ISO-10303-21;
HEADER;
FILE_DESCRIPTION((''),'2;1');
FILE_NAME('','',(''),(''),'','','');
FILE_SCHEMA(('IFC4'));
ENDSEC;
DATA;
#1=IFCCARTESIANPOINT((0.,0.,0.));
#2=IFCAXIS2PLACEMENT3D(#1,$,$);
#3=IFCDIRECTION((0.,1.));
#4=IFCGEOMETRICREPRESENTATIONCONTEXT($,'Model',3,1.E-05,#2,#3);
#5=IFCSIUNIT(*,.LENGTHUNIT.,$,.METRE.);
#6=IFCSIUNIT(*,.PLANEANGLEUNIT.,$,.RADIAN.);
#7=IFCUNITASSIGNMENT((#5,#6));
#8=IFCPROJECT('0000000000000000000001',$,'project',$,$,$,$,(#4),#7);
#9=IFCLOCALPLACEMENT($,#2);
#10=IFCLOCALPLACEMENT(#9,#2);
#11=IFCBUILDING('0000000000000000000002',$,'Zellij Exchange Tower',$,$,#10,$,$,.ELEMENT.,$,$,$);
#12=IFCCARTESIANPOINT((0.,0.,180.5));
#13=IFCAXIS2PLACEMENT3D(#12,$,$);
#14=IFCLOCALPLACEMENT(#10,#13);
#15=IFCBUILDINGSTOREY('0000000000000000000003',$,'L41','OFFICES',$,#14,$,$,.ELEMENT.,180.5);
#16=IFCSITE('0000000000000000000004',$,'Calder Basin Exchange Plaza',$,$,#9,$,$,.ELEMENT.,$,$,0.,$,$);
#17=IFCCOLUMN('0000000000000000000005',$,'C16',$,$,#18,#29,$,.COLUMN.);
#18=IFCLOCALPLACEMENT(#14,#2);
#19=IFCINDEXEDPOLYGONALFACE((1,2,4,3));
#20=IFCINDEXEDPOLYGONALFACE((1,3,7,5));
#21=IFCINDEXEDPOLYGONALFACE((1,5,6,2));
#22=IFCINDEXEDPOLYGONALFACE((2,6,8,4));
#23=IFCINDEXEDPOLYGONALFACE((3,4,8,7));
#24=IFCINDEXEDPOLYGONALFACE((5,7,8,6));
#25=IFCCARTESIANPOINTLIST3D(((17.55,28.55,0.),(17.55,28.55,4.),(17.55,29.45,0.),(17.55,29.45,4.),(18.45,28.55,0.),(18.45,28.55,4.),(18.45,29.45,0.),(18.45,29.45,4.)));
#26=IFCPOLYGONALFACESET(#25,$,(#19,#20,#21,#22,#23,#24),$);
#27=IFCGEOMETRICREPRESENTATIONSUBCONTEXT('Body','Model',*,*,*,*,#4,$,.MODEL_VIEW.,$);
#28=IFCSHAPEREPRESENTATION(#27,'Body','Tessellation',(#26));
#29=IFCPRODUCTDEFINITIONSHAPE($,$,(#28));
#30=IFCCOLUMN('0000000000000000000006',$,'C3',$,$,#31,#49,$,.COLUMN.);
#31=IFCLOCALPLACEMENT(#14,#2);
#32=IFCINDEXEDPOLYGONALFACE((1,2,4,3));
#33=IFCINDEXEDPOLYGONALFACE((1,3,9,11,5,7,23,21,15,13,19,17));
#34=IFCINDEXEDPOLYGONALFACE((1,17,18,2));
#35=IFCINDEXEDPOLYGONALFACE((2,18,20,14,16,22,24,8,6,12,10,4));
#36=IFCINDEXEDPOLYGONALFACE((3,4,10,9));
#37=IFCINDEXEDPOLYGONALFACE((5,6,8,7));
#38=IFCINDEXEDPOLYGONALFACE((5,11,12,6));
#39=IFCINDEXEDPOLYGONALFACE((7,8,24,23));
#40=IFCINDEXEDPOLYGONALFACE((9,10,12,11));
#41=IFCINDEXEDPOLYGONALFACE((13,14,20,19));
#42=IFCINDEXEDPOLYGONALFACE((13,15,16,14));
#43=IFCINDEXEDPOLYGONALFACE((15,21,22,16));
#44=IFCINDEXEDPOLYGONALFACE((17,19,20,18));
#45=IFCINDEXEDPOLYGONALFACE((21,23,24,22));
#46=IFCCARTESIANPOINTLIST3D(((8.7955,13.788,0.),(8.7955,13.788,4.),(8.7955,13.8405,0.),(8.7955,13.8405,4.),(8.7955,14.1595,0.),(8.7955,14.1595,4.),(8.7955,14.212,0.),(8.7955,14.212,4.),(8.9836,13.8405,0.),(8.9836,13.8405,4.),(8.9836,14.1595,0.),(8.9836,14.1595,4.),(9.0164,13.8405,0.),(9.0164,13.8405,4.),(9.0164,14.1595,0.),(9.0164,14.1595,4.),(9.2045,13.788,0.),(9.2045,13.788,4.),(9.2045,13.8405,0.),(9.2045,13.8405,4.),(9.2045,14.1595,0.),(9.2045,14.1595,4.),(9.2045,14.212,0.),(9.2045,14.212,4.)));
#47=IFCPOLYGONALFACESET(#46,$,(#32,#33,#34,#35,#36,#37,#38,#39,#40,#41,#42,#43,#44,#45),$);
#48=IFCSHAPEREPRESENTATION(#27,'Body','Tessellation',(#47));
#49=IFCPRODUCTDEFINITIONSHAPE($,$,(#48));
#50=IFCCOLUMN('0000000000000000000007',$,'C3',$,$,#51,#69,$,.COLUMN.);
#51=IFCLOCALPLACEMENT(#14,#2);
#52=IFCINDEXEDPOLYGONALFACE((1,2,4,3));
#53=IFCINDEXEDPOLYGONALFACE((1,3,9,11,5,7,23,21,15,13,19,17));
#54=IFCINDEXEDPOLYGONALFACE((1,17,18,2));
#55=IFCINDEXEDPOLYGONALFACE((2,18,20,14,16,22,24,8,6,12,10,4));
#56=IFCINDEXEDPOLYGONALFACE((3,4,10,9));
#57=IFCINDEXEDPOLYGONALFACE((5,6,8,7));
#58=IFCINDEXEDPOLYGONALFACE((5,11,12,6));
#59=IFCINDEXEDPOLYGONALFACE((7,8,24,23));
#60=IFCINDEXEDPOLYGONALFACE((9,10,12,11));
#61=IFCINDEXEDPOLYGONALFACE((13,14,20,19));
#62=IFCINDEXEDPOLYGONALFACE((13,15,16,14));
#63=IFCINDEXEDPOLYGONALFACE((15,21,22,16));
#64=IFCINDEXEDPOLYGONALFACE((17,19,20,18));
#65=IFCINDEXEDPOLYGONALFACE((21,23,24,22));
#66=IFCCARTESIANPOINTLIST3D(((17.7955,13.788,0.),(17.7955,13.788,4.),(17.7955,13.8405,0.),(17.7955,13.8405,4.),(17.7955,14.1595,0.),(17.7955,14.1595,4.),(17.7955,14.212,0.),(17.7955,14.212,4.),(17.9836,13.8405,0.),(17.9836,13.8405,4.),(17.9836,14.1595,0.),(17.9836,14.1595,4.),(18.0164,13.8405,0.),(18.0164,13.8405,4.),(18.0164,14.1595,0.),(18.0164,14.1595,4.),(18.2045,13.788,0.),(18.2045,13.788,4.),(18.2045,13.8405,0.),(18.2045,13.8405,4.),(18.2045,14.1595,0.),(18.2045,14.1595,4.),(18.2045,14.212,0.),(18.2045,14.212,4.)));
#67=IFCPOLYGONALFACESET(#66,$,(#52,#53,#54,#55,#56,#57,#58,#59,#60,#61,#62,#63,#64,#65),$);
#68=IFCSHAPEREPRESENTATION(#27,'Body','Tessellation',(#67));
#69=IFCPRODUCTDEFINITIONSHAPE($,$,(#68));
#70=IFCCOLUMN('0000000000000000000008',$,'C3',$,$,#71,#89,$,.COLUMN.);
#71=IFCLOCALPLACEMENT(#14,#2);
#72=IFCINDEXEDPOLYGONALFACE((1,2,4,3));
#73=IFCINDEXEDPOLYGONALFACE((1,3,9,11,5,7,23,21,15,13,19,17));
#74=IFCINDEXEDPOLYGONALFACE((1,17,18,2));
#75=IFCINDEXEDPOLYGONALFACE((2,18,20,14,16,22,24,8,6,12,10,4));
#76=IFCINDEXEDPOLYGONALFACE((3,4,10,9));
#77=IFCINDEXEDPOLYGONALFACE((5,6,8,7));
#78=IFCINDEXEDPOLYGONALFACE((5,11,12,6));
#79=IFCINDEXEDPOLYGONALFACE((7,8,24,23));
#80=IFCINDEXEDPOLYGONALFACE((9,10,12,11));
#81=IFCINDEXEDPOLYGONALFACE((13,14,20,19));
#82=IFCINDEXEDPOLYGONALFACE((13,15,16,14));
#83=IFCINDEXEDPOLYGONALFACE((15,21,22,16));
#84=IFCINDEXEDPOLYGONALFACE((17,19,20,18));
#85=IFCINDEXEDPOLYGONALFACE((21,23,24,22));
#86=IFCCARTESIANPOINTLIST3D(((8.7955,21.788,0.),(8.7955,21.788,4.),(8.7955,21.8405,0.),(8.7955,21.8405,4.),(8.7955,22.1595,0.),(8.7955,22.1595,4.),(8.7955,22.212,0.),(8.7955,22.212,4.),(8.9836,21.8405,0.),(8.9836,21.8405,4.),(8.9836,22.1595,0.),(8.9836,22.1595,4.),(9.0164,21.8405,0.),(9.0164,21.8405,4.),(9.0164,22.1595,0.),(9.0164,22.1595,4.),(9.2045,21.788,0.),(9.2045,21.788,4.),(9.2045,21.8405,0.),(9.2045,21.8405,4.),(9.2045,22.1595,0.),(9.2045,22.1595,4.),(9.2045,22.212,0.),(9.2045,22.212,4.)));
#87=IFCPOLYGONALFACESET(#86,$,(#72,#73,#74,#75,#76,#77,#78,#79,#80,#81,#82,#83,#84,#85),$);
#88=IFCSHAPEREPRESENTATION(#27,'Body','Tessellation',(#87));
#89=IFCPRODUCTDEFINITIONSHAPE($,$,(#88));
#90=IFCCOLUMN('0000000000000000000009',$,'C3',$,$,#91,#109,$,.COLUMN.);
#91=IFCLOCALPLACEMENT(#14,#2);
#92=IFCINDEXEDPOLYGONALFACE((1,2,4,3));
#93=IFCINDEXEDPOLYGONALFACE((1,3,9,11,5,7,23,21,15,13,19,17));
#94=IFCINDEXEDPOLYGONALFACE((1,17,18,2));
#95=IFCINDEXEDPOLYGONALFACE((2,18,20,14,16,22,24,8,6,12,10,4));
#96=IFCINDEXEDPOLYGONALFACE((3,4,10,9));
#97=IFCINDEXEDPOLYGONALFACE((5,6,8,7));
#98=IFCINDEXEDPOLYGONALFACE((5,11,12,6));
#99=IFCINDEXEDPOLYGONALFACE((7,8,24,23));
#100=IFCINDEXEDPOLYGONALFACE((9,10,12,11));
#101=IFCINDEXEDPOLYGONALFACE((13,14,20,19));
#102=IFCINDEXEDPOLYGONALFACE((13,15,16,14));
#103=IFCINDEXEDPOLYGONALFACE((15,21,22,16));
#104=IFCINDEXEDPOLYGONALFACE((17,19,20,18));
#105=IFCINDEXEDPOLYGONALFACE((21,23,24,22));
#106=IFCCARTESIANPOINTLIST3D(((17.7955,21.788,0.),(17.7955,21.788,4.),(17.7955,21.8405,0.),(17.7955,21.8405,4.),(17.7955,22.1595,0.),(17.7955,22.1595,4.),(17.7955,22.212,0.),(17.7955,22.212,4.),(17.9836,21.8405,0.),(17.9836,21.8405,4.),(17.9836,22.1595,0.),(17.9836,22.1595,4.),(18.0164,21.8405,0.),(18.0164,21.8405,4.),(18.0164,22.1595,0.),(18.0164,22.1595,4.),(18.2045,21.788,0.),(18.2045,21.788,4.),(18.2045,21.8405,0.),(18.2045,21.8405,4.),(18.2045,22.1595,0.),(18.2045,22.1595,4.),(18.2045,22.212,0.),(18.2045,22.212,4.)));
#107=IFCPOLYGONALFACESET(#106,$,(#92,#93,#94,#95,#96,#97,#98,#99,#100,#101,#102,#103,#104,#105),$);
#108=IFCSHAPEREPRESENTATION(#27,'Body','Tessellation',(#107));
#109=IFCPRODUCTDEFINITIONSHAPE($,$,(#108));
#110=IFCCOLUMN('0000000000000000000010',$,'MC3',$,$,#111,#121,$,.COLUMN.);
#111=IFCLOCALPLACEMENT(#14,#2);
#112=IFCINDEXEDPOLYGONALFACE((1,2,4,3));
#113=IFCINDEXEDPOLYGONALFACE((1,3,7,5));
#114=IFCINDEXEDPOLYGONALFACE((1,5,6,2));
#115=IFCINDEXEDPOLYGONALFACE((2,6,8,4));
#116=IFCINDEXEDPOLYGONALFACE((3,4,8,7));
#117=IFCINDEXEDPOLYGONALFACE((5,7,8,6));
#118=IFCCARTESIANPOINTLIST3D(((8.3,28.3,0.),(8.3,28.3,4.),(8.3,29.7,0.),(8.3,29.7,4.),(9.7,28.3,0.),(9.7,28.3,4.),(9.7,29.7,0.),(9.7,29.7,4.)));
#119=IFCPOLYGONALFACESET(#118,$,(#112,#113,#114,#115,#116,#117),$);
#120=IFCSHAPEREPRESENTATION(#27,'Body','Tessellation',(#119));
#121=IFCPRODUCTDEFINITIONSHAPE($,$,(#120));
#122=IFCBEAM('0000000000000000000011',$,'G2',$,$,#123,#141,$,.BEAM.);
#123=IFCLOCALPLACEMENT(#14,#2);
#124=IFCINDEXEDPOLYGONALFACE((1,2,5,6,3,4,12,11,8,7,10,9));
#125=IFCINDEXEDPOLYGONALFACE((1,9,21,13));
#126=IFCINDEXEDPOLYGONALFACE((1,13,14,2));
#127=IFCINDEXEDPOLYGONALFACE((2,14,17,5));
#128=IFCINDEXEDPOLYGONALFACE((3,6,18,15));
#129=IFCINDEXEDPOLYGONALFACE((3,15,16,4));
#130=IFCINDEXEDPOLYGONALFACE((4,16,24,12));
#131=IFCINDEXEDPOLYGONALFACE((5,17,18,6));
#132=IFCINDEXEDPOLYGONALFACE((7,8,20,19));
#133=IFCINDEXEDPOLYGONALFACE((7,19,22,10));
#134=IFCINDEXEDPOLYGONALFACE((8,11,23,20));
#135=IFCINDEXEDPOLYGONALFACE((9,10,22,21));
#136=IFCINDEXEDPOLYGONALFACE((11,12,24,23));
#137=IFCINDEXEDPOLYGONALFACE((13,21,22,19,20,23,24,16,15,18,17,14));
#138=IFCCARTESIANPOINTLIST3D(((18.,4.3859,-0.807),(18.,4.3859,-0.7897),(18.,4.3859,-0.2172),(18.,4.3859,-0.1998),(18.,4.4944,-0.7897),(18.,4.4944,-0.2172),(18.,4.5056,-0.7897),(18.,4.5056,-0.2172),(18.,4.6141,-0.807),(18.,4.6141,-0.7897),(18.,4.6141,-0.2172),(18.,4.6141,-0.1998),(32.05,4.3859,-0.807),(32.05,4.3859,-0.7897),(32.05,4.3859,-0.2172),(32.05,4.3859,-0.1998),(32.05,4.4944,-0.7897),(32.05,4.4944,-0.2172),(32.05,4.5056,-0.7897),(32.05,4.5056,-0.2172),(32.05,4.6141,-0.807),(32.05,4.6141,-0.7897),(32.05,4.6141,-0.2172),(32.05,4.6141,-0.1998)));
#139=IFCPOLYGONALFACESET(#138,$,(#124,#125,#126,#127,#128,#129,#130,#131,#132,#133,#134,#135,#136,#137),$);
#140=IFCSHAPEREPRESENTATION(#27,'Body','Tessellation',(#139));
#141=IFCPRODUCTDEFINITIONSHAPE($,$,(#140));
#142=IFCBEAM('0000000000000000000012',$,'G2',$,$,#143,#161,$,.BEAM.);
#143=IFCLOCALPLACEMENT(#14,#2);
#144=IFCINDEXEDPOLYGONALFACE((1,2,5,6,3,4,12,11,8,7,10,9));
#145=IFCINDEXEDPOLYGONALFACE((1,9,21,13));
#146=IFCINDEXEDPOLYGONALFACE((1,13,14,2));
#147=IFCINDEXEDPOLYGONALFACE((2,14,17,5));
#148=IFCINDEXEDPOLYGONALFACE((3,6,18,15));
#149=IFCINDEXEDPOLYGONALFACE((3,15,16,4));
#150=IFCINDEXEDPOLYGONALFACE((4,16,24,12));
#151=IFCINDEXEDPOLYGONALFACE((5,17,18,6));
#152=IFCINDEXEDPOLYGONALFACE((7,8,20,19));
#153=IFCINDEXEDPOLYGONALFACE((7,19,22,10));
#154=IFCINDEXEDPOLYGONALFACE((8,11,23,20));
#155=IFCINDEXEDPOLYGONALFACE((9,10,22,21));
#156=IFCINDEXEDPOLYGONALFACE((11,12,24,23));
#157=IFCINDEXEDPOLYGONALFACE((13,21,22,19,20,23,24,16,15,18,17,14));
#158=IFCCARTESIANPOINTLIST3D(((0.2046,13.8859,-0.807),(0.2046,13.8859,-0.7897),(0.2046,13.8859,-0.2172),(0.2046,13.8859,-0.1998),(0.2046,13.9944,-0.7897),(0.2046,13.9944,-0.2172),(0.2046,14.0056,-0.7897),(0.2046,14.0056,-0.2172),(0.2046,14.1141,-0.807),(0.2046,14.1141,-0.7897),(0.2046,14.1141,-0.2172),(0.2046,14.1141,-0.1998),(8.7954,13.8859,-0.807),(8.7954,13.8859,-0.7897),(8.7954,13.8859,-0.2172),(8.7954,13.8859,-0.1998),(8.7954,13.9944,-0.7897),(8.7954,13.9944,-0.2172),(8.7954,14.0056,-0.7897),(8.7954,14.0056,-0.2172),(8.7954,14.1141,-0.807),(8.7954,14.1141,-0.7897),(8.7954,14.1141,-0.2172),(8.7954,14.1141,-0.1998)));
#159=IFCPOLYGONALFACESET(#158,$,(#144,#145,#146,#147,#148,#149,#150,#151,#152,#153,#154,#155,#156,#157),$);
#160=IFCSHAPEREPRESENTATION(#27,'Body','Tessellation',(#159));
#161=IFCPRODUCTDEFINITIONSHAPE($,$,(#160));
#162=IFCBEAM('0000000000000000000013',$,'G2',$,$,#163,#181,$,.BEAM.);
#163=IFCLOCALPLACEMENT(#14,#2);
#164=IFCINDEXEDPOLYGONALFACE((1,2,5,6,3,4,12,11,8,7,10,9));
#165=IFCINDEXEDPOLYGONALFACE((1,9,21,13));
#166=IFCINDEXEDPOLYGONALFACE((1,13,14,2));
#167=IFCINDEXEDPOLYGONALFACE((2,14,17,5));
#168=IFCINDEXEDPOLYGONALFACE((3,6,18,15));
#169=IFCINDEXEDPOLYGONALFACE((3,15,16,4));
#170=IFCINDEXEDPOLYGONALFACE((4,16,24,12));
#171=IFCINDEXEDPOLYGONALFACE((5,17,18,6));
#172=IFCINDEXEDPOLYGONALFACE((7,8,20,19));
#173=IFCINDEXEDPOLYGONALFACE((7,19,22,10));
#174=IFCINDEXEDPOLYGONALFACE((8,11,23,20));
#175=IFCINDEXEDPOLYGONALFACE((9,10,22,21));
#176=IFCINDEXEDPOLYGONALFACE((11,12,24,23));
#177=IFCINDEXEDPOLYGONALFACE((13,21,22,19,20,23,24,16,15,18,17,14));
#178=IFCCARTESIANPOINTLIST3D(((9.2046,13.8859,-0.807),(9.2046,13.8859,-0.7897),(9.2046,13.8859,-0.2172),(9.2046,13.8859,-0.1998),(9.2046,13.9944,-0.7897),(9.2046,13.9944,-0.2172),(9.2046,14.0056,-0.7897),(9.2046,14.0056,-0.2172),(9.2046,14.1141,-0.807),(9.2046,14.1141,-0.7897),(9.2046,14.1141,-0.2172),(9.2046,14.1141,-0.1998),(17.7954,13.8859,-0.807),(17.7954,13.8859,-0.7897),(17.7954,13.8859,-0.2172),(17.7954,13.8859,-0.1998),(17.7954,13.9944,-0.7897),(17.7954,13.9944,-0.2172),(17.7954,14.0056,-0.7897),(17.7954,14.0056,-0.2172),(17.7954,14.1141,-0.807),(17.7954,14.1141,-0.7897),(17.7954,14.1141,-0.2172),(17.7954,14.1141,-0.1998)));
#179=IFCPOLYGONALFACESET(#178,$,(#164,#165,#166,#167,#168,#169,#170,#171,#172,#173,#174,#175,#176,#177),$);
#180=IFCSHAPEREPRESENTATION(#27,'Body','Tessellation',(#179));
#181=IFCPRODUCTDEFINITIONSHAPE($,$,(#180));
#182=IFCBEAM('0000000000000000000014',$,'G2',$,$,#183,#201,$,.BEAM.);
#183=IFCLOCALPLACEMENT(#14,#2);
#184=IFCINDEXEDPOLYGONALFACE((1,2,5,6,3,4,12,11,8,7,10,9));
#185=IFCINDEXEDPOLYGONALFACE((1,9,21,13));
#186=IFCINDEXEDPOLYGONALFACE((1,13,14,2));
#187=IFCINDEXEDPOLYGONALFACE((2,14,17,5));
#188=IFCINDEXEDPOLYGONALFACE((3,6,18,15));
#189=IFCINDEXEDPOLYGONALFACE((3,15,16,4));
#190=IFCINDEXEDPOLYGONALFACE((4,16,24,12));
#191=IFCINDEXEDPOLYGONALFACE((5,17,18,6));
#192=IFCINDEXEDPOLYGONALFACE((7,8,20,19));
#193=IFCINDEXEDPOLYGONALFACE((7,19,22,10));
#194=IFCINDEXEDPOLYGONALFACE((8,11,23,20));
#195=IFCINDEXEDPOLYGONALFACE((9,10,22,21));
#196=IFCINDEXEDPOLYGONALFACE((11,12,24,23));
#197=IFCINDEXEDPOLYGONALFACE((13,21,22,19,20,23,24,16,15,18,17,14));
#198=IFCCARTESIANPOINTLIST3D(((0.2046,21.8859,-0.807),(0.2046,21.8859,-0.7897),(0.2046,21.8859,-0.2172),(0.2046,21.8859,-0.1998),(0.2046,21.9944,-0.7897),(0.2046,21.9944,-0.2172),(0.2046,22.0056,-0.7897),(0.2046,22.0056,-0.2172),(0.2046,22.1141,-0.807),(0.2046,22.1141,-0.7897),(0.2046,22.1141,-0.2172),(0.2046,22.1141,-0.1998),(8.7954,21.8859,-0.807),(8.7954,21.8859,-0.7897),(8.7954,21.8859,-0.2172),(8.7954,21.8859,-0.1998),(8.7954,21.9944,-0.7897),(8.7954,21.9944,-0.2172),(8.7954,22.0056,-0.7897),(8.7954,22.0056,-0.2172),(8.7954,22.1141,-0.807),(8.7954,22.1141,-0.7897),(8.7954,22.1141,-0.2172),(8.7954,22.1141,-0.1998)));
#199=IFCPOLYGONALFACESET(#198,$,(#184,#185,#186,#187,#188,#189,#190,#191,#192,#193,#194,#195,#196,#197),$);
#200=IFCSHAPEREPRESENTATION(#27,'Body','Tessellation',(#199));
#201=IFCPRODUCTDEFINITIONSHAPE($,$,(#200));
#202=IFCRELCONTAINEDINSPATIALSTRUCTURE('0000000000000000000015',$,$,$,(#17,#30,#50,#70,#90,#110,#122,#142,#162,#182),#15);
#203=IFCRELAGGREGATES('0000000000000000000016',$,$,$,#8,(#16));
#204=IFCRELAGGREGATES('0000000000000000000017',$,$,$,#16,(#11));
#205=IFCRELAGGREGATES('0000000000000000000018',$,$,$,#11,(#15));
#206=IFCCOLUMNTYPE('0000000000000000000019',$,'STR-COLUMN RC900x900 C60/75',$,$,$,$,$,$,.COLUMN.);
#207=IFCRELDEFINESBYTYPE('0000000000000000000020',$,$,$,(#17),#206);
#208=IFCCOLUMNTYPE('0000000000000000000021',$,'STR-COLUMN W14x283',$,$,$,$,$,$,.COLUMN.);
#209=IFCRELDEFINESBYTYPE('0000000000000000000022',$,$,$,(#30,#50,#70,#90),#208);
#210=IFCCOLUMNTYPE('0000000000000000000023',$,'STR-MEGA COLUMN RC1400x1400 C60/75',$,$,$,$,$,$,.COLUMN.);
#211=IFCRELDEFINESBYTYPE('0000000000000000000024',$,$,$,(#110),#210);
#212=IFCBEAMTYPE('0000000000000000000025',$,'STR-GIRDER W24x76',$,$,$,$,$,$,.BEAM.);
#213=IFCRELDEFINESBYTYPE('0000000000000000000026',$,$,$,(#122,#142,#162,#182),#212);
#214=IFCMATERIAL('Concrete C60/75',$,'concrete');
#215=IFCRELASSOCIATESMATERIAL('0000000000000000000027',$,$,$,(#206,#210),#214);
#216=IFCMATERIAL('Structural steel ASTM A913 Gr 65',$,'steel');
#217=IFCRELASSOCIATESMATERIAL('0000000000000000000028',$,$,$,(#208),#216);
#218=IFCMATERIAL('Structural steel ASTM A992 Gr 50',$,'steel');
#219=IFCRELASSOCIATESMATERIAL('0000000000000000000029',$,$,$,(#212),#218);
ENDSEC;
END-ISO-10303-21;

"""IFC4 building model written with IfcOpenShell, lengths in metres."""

from ifc_helpers import new_model, si_unit, direction, frame, origin, origin_2d, place, context, subcontext, project, spatial, rectangle, i_section, extrude, material, material_profile, profile_set, type_object, element, save


model = new_model("IFC4")

# Units and contexts
model_context = context("Model", 3, precision=1e-05, world=origin(), true_north=direction((0.0, 1.0)))
body_context = subcontext(model_context, "Body", "Model", "MODEL_VIEW")
ifc_project = project(units=[si_unit("LENGTHUNIT", "METRE"), si_unit("PLANEANGLEUNIT", "RADIAN")], contexts=[model_context])

# Site, building, storey
site_placement = place(None, origin())
site = spatial("IfcSite", under=ifc_project, at=site_placement, Name="Calder Basin Exchange Plaza", CompositionType="ELEMENT", RefElevation=0.0)
building_placement = place(site_placement, origin())
building = spatial("IfcBuilding", under=site, at=building_placement, Name="Zellij Exchange Tower", CompositionType="ELEMENT")
storey_placement = place(building_placement, frame((0.0, 0.0, 180.5)))
storey = spatial("IfcBuildingStorey", under=building, at=storey_placement, Name="L41", Description="OFFICES", CompositionType="ELEMENT", Elevation=180.5)

# Columns
ifc_material_1 = material(Name="Concrete C60/75", Category="concrete")
ifc_material_profile_1 = material_profile(ifc_material_1, rectangle(XDim=0.8999, YDim=0.8999, at=origin_2d()), Name="STR-COLUMN RC900x900 C60/75")
ifc_profile_set_1 = profile_set([ifc_material_profile_1], Name="Concrete C60/75")
column_type_1 = type_object("IfcColumnType", Name="STR-COLUMN RC900x900 C60/75", PredefinedType="COLUMN", material=ifc_profile_set_1)
column_1_placement = place(storey_placement, frame((18.0, 29.0, 0.0), z_axis=(0.0, 0.0, 1.0), x_axis=(1.0, 0.0, 0.0)))
element("IfcColumn", 1, at=column_1_placement, inside=storey, type_object=column_type_1, Name="C16", PredefinedType="COLUMN", context=body_context, shape_type="SweptSolid", body=[
    extrude(rectangle(XDim=0.8999, YDim=0.8999, at=origin_2d()), origin(), (0.0, 0.0, 1.0), 4.0),
])
ifc_material_2 = material(Name="Structural steel ASTM A913 Gr 65", Category="steel")
ifc_material_profile_2 = material_profile(ifc_material_2, i_section(OverallWidth=0.4089, OverallDepth=0.4241, WebThickness=0.0327, FlangeThickness=0.0525, at=origin_2d()), Name="W14x283")
ifc_profile_set_2 = profile_set([ifc_material_profile_2], Name="Structural steel ASTM A913 Gr 65")
column_type_2 = type_object("IfcColumnType", Name="STR-COLUMN W14x283", PredefinedType="COLUMN", material=ifc_profile_set_2)
for number, where, z_axis, x_axis, name in (
    (2, (9.0, 14.0, 0.0), (0.0, 0.0, 1.0), (1.0, 0.0, 0.0), "C3"),
    (3, (18.0, 14.0, 0.0), (0.0, 0.0, 1.0), (1.0, 0.0, 0.0), "C3"),
    (4, (9.0, 22.0, 0.0), (0.0, 0.0, 1.0), (1.0, 0.0, 0.0), "C3"),
    (5, (18.0, 22.0, 0.0), (0.0, 0.0, 1.0), (1.0, 0.0, 0.0), "C3"),
):
    element("IfcColumn", number, at=place(storey_placement, frame(where, z_axis=z_axis, x_axis=x_axis)), inside=storey, type_object=column_type_2, Name=name, PredefinedType="COLUMN", context=body_context, shape_type="SweptSolid", body=[
        extrude(i_section(OverallWidth=0.4089, OverallDepth=0.4241, WebThickness=0.0327, FlangeThickness=0.0525, at=origin_2d()), origin(), (0.0, 0.0, 1.0), 4.0),
    ])
ifc_material_profile_3 = material_profile(ifc_material_1, rectangle(XDim=1.3999, YDim=1.3999, at=origin_2d()), Name="STR-MEGA COLUMN RC1400x1400 C60/75")
ifc_profile_set_3 = profile_set([ifc_material_profile_3], Name="Concrete C60/75")
column_type_3 = type_object("IfcColumnType", Name="STR-MEGA COLUMN RC1400x1400 C60/75", PredefinedType="COLUMN", material=ifc_profile_set_3)
column_2_placement = place(storey_placement, frame((9.0, 29.0, 0.0), z_axis=(0.0, 0.0, 1.0), x_axis=(1.0, 0.0, 0.0)))
element("IfcColumn", 6, at=column_2_placement, inside=storey, type_object=column_type_3, Name="MC3", PredefinedType="COLUMN", context=body_context, shape_type="SweptSolid", body=[
    extrude(rectangle(XDim=1.3999, YDim=1.3999, at=origin_2d()), origin(), (0.0, 0.0, 1.0), 4.0),
])

# Beams
ifc_material_3 = material(Name="Structural steel ASTM A992 Gr 50", Category="steel")
ifc_material_profile_4 = material_profile(ifc_material_3, i_section(OverallWidth=0.2283, OverallDepth=0.6072, WebThickness=0.0112, FlangeThickness=0.0173, at=origin_2d()), Name="W24x76")
ifc_profile_set_4 = profile_set([ifc_material_profile_4], Name="Structural steel ASTM A992 Gr 50")
beam_type = type_object("IfcBeamType", Name="STR-GIRDER W24x76", PredefinedType="BEAM", material=ifc_profile_set_4)
beam_1_placement = place(storey_placement, frame((18.0, 4.5, -0.5034), z_axis=(1.0, 0.0, 0.0), x_axis=(0.0, 1.0, 0.0)))
element("IfcBeam", 7, at=beam_1_placement, inside=storey, type_object=beam_type, Name="G2", PredefinedType="BEAM", context=body_context, shape_type="SweptSolid", body=[
    extrude(i_section(OverallWidth=0.2283, OverallDepth=0.6072, WebThickness=0.0112, FlangeThickness=0.0173, at=origin_2d()), origin(), (0.0, 0.0, 1.0), 14.05),
])
for number, where, z_axis, x_axis, name in (
    (8, (0.2046, 14.0, -0.5034), (1.0, 0.0, 0.0), (0.0, 1.0, 0.0), "G2"),
    (9, (9.2046, 14.0, -0.5034), (1.0, 0.0, 0.0), (0.0, 1.0, 0.0), "G2"),
    (10, (0.2046, 22.0, -0.5034), (1.0, 0.0, 0.0), (0.0, 1.0, 0.0), "G2"),
):
    element("IfcBeam", number, at=place(storey_placement, frame(where, z_axis=z_axis, x_axis=x_axis)), inside=storey, type_object=beam_type, Name=name, PredefinedType="BEAM", context=body_context, shape_type="SweptSolid", body=[
        extrude(i_section(OverallWidth=0.2283, OverallDepth=0.6072, WebThickness=0.0112, FlangeThickness=0.0173, at=origin_2d()), origin(), (0.0, 0.0, 1.0), 8.5908),
    ])

save(model, "model.ifc")
